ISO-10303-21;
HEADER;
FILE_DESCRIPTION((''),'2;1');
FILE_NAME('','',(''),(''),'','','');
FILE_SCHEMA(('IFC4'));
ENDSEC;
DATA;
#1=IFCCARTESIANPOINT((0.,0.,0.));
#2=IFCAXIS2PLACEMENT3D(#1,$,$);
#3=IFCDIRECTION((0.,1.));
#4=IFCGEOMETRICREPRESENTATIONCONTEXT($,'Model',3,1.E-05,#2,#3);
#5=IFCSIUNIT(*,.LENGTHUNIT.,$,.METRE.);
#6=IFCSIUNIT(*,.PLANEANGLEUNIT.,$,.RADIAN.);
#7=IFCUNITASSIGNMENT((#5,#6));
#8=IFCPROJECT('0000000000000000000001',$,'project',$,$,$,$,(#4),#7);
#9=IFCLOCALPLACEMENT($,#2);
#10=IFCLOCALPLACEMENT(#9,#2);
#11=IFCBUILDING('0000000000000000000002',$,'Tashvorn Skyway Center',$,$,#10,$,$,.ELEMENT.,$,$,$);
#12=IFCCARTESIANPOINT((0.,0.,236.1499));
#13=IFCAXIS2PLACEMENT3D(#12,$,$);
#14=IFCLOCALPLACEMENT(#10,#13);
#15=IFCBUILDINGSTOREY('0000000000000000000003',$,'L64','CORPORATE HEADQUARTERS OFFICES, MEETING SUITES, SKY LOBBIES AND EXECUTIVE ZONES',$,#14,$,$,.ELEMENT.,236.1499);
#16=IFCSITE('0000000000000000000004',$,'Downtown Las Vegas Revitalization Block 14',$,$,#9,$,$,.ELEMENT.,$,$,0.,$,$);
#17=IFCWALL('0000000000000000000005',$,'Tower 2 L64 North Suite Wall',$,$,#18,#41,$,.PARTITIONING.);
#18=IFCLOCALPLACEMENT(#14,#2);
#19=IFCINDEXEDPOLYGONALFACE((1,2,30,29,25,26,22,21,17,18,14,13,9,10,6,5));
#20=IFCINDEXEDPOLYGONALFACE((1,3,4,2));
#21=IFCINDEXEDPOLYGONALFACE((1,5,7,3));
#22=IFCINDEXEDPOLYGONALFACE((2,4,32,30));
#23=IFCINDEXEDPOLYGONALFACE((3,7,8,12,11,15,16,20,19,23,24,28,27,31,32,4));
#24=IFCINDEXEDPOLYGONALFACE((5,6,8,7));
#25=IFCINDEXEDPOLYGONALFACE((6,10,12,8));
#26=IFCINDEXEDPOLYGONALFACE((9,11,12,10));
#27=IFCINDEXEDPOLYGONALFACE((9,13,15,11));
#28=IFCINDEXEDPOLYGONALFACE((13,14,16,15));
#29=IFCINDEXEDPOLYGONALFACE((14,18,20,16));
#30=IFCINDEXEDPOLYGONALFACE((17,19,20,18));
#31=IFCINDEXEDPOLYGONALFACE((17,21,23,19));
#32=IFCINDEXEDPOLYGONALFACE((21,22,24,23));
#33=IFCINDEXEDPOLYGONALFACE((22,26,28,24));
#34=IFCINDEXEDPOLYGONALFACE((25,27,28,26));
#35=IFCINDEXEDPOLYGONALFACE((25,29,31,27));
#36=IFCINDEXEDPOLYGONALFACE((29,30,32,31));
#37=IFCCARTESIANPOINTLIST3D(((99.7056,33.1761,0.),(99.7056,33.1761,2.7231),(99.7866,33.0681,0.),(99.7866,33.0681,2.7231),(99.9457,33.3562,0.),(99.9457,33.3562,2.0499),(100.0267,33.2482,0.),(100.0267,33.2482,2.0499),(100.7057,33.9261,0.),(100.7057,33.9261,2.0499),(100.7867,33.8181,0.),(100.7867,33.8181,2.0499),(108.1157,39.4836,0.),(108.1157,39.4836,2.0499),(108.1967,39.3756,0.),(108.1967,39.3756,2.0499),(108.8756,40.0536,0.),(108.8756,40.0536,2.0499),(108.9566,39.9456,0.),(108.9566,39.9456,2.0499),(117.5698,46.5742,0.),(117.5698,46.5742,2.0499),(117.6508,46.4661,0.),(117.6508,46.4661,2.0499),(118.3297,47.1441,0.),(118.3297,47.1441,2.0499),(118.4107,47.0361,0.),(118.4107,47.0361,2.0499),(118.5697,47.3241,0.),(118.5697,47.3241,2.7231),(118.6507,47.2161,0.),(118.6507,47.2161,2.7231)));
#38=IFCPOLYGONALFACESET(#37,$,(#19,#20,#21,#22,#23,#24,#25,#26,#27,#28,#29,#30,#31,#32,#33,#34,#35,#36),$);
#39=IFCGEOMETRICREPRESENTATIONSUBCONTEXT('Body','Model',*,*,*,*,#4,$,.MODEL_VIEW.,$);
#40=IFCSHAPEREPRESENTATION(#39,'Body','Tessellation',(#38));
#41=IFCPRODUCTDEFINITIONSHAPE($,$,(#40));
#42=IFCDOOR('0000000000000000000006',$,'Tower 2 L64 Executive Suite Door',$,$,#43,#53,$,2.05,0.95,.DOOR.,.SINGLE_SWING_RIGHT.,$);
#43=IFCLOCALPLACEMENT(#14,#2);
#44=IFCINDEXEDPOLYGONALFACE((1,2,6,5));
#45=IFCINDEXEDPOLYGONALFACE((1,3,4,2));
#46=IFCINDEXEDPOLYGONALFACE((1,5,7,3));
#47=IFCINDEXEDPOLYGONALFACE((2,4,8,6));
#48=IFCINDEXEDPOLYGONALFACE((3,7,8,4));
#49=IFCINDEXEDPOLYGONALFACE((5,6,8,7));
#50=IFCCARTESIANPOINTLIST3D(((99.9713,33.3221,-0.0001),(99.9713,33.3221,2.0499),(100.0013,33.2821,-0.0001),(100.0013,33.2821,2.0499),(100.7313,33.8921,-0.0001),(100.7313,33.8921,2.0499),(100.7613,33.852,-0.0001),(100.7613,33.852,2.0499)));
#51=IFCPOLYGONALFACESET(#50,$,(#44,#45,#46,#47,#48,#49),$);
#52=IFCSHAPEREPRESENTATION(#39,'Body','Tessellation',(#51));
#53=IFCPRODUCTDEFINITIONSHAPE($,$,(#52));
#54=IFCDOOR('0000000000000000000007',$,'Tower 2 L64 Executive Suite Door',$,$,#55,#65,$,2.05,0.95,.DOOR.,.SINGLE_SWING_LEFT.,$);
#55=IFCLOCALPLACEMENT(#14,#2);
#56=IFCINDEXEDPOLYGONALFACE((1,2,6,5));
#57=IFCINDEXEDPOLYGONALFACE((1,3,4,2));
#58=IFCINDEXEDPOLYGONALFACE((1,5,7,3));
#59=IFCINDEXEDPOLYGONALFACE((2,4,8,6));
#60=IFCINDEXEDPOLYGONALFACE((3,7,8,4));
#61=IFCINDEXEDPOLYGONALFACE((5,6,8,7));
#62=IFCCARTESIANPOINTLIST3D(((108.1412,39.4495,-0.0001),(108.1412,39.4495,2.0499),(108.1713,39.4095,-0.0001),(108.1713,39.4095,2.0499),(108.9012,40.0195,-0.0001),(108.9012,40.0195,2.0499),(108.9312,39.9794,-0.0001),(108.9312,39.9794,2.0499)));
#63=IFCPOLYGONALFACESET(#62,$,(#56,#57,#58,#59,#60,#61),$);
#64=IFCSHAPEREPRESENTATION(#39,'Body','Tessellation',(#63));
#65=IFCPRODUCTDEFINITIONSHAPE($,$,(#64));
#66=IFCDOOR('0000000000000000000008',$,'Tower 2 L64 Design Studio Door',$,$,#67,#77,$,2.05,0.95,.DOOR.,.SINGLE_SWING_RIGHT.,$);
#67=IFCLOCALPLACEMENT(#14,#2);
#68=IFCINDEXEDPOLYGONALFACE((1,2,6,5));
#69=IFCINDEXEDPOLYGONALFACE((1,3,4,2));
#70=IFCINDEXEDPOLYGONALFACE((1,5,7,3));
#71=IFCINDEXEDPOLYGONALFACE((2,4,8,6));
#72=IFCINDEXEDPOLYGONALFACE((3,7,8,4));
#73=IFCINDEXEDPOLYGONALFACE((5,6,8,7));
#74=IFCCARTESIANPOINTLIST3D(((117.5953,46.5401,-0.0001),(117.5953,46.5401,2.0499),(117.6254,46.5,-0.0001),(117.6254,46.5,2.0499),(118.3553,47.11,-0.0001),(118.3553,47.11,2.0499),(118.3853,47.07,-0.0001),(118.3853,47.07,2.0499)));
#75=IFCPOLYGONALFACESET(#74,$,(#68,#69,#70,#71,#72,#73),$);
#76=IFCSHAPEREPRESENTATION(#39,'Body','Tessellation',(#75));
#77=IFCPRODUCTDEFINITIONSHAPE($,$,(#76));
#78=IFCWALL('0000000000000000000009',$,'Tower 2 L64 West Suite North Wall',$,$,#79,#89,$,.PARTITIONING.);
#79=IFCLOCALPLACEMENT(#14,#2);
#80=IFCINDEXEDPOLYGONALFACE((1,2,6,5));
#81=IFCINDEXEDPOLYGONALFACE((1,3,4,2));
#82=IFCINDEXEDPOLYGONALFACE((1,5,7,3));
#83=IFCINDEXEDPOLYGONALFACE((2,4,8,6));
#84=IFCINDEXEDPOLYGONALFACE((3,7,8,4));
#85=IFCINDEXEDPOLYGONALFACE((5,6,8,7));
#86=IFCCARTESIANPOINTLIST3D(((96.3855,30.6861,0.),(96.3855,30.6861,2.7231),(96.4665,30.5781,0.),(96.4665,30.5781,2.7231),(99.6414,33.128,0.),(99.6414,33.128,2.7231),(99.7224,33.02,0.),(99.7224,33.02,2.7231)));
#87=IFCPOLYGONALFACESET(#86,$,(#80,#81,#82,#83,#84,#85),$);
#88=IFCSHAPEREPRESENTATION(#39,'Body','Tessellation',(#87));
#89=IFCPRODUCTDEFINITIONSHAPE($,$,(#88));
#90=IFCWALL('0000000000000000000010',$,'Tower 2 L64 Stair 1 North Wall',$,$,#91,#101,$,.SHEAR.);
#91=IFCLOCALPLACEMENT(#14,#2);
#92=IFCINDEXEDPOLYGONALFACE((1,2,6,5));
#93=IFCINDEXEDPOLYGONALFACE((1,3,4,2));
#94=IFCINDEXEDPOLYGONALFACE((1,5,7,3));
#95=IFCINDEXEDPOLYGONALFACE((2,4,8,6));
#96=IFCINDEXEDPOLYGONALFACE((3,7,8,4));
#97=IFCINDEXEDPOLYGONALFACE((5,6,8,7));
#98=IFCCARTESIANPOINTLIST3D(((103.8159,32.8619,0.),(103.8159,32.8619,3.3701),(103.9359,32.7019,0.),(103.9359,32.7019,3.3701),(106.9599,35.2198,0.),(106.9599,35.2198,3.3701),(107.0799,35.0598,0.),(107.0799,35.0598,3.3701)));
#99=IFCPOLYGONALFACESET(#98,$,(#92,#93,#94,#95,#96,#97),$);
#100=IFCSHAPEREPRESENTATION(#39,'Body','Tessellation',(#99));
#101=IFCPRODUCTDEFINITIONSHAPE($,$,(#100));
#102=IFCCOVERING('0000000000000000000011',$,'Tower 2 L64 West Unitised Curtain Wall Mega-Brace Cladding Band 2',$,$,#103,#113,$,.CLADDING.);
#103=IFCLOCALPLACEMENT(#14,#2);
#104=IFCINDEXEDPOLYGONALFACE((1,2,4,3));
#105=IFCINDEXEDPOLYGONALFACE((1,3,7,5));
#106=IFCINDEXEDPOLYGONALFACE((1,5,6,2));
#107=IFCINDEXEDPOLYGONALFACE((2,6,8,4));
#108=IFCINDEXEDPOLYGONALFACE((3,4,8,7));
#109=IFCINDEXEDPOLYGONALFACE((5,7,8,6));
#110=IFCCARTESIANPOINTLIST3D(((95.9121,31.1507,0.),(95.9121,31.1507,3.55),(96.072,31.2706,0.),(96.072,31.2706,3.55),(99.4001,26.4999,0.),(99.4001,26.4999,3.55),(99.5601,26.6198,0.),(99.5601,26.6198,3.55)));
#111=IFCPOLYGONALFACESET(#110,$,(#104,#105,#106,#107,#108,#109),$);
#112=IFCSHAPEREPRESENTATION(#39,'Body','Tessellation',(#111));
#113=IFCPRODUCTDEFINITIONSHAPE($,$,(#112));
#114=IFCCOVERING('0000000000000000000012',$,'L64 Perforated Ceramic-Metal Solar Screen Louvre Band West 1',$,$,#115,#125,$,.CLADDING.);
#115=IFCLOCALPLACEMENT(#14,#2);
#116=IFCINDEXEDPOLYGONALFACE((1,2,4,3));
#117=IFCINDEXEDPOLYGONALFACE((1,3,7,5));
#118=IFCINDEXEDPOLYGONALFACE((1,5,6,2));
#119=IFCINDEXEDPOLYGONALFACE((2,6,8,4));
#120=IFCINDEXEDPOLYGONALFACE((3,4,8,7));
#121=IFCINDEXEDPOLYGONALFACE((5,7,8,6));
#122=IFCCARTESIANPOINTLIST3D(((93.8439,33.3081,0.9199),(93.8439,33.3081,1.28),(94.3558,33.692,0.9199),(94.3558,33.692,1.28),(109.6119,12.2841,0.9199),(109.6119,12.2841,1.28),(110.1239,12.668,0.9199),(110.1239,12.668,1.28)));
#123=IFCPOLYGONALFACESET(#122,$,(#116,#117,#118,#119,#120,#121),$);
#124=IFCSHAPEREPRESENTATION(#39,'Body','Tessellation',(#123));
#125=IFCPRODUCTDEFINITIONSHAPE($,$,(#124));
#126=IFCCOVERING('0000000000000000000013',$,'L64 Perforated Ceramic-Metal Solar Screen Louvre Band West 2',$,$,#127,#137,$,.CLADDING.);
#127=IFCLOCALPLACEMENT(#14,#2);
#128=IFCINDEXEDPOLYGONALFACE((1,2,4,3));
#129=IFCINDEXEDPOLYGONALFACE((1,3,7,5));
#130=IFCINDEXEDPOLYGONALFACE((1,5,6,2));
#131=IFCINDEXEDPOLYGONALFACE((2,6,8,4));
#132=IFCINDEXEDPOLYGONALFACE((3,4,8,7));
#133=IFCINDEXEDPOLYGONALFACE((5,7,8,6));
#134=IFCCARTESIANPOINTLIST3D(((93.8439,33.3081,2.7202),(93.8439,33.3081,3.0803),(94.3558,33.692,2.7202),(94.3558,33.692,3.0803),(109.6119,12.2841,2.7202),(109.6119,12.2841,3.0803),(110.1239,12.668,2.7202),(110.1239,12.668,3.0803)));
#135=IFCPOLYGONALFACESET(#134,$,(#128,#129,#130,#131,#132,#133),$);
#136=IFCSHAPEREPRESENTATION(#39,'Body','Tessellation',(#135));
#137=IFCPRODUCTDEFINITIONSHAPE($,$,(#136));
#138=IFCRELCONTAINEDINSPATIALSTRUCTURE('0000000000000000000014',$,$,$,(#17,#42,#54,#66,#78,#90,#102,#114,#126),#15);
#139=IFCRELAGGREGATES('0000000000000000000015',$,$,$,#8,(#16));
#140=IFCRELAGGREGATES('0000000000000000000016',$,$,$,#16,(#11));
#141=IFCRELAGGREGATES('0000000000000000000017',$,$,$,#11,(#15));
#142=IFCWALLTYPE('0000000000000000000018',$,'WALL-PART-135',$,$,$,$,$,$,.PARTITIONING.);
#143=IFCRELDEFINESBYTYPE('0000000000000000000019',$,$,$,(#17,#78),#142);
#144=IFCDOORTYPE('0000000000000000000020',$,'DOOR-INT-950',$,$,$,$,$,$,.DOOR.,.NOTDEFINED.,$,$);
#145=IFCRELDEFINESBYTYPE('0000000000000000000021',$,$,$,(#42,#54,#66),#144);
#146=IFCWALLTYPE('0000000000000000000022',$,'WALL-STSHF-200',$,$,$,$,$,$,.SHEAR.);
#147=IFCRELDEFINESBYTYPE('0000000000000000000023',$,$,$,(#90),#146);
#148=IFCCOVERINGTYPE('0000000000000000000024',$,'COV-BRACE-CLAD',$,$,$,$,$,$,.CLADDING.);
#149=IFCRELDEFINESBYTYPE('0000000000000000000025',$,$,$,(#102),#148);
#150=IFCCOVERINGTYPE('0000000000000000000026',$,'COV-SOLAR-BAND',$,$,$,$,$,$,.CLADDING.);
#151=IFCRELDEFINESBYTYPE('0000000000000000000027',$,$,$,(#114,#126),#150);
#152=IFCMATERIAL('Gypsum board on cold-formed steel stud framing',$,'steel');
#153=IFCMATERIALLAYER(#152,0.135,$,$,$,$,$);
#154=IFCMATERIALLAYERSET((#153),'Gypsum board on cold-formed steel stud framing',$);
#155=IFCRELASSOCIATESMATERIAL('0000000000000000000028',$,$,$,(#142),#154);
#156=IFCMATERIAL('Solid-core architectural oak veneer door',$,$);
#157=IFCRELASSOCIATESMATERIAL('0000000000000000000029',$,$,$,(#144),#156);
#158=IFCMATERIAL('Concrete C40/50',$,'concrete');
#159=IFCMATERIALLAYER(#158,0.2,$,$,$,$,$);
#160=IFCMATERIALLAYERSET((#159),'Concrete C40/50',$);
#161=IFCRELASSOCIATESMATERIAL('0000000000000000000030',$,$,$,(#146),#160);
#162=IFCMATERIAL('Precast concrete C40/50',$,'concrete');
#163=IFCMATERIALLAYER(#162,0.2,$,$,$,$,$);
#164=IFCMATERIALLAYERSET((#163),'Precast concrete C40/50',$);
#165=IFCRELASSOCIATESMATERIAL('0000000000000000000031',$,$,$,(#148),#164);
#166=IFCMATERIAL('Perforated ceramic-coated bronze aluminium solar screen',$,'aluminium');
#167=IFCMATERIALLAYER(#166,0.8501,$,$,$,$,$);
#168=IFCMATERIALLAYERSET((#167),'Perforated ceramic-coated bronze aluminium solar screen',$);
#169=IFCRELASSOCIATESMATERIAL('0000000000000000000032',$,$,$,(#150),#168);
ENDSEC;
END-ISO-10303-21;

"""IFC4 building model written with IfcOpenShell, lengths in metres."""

from ifc_helpers import new_model, si_unit, direction, frame, frame_2d, origin, origin_2d, place, context, subcontext, project, spatial, rectangle, extrude, material, layer, layer_set, type_object, element, fill, save


model = new_model("IFC4")

# Units and contexts
model_context = context("Model", 3, precision=1e-05, world=origin(), true_north=direction((0.0, 1.0)))
body_context = subcontext(model_context, "Body", "Model", "MODEL_VIEW")
ifc_project = project(units=[si_unit("LENGTHUNIT", "METRE"), si_unit("PLANEANGLEUNIT", "RADIAN")], contexts=[model_context])

# Site, building, storey
site_placement = place(None, origin())
site = spatial("IfcSite", under=ifc_project, at=site_placement, Name="Downtown Las Vegas Revitalization Block 14", CompositionType="ELEMENT", RefElevation=0.0)
building_placement = place(site_placement, origin())
building = spatial("IfcBuilding", under=site, at=building_placement, Name="Tashvorn Skyway Center", CompositionType="ELEMENT")
storey_placement = place(building_placement, frame((0.0, 0.0, 236.1499)))
storey = spatial("IfcBuildingStorey", under=building, at=storey_placement, Name="L64", Description="CORPORATE HEADQUARTERS OFFICES, MEETING SUITES, SKY LOBBIES AND EXECUTIVE ZONES", CompositionType="ELEMENT", Elevation=236.1499)

# Wall, openings, doors
ifc_material_1 = material(Name="Gypsum board on cold-formed steel stud framing", Category="steel")
ifc_layer_1 = layer(ifc_material_1, 0.135)
ifc_layer_set_1 = layer_set([ifc_layer_1], Name="Gypsum board on cold-formed steel stud framing")
wall_type_1 = type_object("IfcWallType", Name="WALL-PART-135", PredefinedType="PARTITIONING", material=ifc_layer_set_1)
wall_1_placement = place(storey_placement, frame((99.7461, 33.1221, 0.0), z_axis=(0.0, 0.0, 1.0), x_axis=(0.800001, 0.599998, 0.0)))
wall_1 = element("IfcWall", 1, at=wall_1_placement, inside=storey, type_object=wall_type_1, Name="Tower 2 L64 North Suite Wall", PredefinedType="PARTITIONING", context=body_context, shape_type="SweptSolid", body=[
    extrude(rectangle(XDim=23.5801, YDim=0.135, at=frame_2d((11.79, 0.0))), origin(), (0.0, 0.0, 1.0), 2.7231),
])
opening_1_placement = place(wall_1_placement, frame((0.3, 0.0, 0.0)))
opening_1 = element("IfcOpeningElement", 2, at=opening_1_placement, cuts=wall_1, PredefinedType="OPENING", context=body_context, shape_type="SweptSolid", body=[
    extrude(rectangle(XDim=0.95, YDim=2.05, at=frame_2d((0.4751, 1.0249))), frame((0.0, 0.0774, 0.0), z_axis=(0.0, -1.0, 0.0), x_axis=(1.0, 0.0, 0.0)), (0.0, 0.0, 1.0), 0.155),
])
opening_2_placement = place(wall_1_placement, frame((10.5125, 0.0, 0.0)))
opening_2 = element("IfcOpeningElement", 3, at=opening_2_placement, cuts=wall_1, PredefinedType="OPENING", context=body_context, shape_type="SweptSolid", body=[
    extrude(rectangle(XDim=0.95, YDim=2.05, at=frame_2d((0.4751, 1.0249))), frame((0.0, 0.0774, 0.0), z_axis=(0.0, -1.0, 0.0), x_axis=(1.0, 0.0, 0.0)), (0.0, 0.0, 1.0), 0.155),
])
opening_3_placement = place(wall_1_placement, frame((22.3301, 0.0, 0.0)))
opening_3 = element("IfcOpeningElement", 4, at=opening_3_placement, cuts=wall_1, PredefinedType="OPENING", context=body_context, shape_type="SweptSolid", body=[
    extrude(rectangle(XDim=0.95, YDim=2.05, at=frame_2d((0.4751, 1.0249))), frame((0.0, 0.0774, 0.0), z_axis=(0.0, -1.0, 0.0), x_axis=(1.0, 0.0, 0.0)), (0.0, 0.0, 1.0), 0.155),
])
ifc_material_2 = material(Name="Solid-core architectural oak veneer door")
door_type = type_object("IfcDoorType", Name="DOOR-INT-950", OperationType="NOTDEFINED", PredefinedType="DOOR", material=ifc_material_2)
door_1_placement = place(opening_1_placement, origin())
door_1 = element("IfcDoor", 5, at=door_1_placement, inside=storey, type_object=door_type, Name="Tower 2 L64 Executive Suite Door", OperationType="SINGLE_SWING_RIGHT", OverallHeight=2.05, OverallWidth=0.95, PredefinedType="DOOR", context=body_context, shape_type="SweptSolid", body=[
    extrude(rectangle(XDim=0.95, YDim=2.05, at=frame_2d((0.4751, 1.0249))), frame((0.0, 0.0249, 0.0), z_axis=(0.0, -1.0, 0.0), x_axis=(1.0, 0.0, 0.0)), (0.0, 0.0, 1.0), 0.05),
])
fill(opening_1, door_1)
door_2_placement = place(opening_2_placement, origin())
door_2 = element("IfcDoor", 6, at=door_2_placement, inside=storey, type_object=door_type, Name="Tower 2 L64 Executive Suite Door", OperationType="SINGLE_SWING_LEFT", OverallHeight=2.05, OverallWidth=0.95, PredefinedType="DOOR", context=body_context, shape_type="SweptSolid", body=[
    extrude(rectangle(XDim=0.95, YDim=2.05, at=frame_2d((0.4751, 1.0249))), frame((0.0, 0.0249, 0.0), z_axis=(0.0, -1.0, 0.0), x_axis=(1.0, 0.0, 0.0)), (0.0, 0.0, 1.0), 0.05),
])
fill(opening_2, door_2)
door_3_placement = place(opening_3_placement, origin())
door_3 = element("IfcDoor", 7, at=door_3_placement, inside=storey, type_object=door_type, Name="Tower 2 L64 Design Studio Door", OperationType="SINGLE_SWING_RIGHT", OverallHeight=2.05, OverallWidth=0.95, PredefinedType="DOOR", context=body_context, shape_type="SweptSolid", body=[
    extrude(rectangle(XDim=0.95, YDim=2.05, at=frame_2d((0.4751, 1.0249))), frame((0.0, 0.0249, 0.0), z_axis=(0.0, -1.0, 0.0), x_axis=(1.0, 0.0, 0.0)), (0.0, 0.0, 1.0), 0.05),
])
fill(opening_3, door_3)

# Walls
wall_2_placement = place(storey_placement, frame((99.6819, 33.074, 0.0), z_axis=(0.0, 0.0, 1.0), x_axis=(-0.8, -0.6, 0.0)))
element("IfcWall", 8, at=wall_2_placement, inside=storey, type_object=wall_type_1, Name="Tower 2 L64 West Suite North Wall", PredefinedType="PARTITIONING", context=body_context, shape_type="SweptSolid", body=[
    extrude(rectangle(XDim=4.0698, YDim=0.135, at=frame_2d((2.0349, 0.0))), origin(), (0.0, 0.0, 1.0), 2.7231),
])
ifc_material_3 = material(Name="Concrete C40/50", Category="concrete")
ifc_layer_2 = layer(ifc_material_3, 0.2)
ifc_layer_set_2 = layer_set([ifc_layer_2], Name="Concrete C40/50")
wall_type_2 = type_object("IfcWallType", Name="WALL-STSHF-200", PredefinedType="SHEAR", material=ifc_layer_set_2)
wall_3_placement = place(storey_placement, frame((103.876, 32.782, 0.0), z_axis=(0.0, 0.0, 1.0), x_axis=(0.800015, 0.59998, 0.0)))
element("IfcWall", 9, at=wall_3_placement, inside=storey, type_object=wall_type_2, Name="Tower 2 L64 Stair 1 North Wall", PredefinedType="SHEAR", context=body_context, shape_type="SweptSolid", body=[
    extrude(rectangle(XDim=3.9299, YDim=0.2, at=frame_2d((1.9648, 0.0))), origin(), (0.0, 0.0, 1.0), 3.3701),
])

# Coverings
ifc_material_4 = material(Name="Precast concrete C40/50", Category="concrete")
ifc_layer_3 = layer(ifc_material_4, 0.2)
ifc_layer_set_3 = layer_set([ifc_layer_3], Name="Precast concrete C40/50")
covering_type_1 = type_object("IfcCoveringType", Name="COV-BRACE-CLAD", PredefinedType="CLADDING", material=ifc_layer_set_3)
covering_placement = place(storey_placement, frame((97.7361, 28.8853, 0.0), z_axis=(0.0, 0.0, 1.0), x_axis=(-0.6, 0.8, 0.0)))
element("IfcCovering", 10, at=covering_placement, inside=storey, type_object=covering_type_1, Name="Tower 2 L64 West Unitised Curtain Wall Mega-Brace Cladding Band 2", PredefinedType="CLADDING", context=body_context, shape_type="SweptSolid", body=[
    extrude(rectangle(XDim=5.8135, YDim=0.2, at=origin_2d()), origin(), (0.0, 0.0, 1.0), 3.55),
])
ifc_material_5 = material(Name="Perforated ceramic-coated bronze aluminium solar screen", Category="aluminium")
ifc_layer_4 = layer(ifc_material_5, 0.8501)
ifc_layer_set_4 = layer_set([ifc_layer_4], Name="Perforated ceramic-coated bronze aluminium solar screen")
covering_type_2 = type_object("IfcCoveringType", Name="COV-SOLAR-BAND", PredefinedType="CLADDING", material=ifc_layer_set_4)
for number, where, z_axis, x_axis, name in (
    (11, (101.9839, 22.988, 0.9199), (0.0, 0.0, 1.0), (-0.6, 0.8, 0.0), "L64 Perforated Ceramic-Metal Solar Screen Louvre Band West 1"),
    (12, (101.9839, 22.988, 2.7202), (0.0, 0.0, 1.0), (-0.6, 0.8, 0.0), "L64 Perforated Ceramic-Metal Solar Screen Louvre Band West 2"),
):
    element("IfcCovering", number, at=place(storey_placement, frame(where, z_axis=z_axis, x_axis=x_axis)), inside=storey, type_object=covering_type_2, Name=name, PredefinedType="CLADDING", context=body_context, shape_type="SweptSolid", body=[
        extrude(rectangle(XDim=26.28, YDim=0.6399, at=origin_2d()), origin(), (0.0, 0.0, 1.0), 0.3601),
    ])

save(model, "model.ifc")
